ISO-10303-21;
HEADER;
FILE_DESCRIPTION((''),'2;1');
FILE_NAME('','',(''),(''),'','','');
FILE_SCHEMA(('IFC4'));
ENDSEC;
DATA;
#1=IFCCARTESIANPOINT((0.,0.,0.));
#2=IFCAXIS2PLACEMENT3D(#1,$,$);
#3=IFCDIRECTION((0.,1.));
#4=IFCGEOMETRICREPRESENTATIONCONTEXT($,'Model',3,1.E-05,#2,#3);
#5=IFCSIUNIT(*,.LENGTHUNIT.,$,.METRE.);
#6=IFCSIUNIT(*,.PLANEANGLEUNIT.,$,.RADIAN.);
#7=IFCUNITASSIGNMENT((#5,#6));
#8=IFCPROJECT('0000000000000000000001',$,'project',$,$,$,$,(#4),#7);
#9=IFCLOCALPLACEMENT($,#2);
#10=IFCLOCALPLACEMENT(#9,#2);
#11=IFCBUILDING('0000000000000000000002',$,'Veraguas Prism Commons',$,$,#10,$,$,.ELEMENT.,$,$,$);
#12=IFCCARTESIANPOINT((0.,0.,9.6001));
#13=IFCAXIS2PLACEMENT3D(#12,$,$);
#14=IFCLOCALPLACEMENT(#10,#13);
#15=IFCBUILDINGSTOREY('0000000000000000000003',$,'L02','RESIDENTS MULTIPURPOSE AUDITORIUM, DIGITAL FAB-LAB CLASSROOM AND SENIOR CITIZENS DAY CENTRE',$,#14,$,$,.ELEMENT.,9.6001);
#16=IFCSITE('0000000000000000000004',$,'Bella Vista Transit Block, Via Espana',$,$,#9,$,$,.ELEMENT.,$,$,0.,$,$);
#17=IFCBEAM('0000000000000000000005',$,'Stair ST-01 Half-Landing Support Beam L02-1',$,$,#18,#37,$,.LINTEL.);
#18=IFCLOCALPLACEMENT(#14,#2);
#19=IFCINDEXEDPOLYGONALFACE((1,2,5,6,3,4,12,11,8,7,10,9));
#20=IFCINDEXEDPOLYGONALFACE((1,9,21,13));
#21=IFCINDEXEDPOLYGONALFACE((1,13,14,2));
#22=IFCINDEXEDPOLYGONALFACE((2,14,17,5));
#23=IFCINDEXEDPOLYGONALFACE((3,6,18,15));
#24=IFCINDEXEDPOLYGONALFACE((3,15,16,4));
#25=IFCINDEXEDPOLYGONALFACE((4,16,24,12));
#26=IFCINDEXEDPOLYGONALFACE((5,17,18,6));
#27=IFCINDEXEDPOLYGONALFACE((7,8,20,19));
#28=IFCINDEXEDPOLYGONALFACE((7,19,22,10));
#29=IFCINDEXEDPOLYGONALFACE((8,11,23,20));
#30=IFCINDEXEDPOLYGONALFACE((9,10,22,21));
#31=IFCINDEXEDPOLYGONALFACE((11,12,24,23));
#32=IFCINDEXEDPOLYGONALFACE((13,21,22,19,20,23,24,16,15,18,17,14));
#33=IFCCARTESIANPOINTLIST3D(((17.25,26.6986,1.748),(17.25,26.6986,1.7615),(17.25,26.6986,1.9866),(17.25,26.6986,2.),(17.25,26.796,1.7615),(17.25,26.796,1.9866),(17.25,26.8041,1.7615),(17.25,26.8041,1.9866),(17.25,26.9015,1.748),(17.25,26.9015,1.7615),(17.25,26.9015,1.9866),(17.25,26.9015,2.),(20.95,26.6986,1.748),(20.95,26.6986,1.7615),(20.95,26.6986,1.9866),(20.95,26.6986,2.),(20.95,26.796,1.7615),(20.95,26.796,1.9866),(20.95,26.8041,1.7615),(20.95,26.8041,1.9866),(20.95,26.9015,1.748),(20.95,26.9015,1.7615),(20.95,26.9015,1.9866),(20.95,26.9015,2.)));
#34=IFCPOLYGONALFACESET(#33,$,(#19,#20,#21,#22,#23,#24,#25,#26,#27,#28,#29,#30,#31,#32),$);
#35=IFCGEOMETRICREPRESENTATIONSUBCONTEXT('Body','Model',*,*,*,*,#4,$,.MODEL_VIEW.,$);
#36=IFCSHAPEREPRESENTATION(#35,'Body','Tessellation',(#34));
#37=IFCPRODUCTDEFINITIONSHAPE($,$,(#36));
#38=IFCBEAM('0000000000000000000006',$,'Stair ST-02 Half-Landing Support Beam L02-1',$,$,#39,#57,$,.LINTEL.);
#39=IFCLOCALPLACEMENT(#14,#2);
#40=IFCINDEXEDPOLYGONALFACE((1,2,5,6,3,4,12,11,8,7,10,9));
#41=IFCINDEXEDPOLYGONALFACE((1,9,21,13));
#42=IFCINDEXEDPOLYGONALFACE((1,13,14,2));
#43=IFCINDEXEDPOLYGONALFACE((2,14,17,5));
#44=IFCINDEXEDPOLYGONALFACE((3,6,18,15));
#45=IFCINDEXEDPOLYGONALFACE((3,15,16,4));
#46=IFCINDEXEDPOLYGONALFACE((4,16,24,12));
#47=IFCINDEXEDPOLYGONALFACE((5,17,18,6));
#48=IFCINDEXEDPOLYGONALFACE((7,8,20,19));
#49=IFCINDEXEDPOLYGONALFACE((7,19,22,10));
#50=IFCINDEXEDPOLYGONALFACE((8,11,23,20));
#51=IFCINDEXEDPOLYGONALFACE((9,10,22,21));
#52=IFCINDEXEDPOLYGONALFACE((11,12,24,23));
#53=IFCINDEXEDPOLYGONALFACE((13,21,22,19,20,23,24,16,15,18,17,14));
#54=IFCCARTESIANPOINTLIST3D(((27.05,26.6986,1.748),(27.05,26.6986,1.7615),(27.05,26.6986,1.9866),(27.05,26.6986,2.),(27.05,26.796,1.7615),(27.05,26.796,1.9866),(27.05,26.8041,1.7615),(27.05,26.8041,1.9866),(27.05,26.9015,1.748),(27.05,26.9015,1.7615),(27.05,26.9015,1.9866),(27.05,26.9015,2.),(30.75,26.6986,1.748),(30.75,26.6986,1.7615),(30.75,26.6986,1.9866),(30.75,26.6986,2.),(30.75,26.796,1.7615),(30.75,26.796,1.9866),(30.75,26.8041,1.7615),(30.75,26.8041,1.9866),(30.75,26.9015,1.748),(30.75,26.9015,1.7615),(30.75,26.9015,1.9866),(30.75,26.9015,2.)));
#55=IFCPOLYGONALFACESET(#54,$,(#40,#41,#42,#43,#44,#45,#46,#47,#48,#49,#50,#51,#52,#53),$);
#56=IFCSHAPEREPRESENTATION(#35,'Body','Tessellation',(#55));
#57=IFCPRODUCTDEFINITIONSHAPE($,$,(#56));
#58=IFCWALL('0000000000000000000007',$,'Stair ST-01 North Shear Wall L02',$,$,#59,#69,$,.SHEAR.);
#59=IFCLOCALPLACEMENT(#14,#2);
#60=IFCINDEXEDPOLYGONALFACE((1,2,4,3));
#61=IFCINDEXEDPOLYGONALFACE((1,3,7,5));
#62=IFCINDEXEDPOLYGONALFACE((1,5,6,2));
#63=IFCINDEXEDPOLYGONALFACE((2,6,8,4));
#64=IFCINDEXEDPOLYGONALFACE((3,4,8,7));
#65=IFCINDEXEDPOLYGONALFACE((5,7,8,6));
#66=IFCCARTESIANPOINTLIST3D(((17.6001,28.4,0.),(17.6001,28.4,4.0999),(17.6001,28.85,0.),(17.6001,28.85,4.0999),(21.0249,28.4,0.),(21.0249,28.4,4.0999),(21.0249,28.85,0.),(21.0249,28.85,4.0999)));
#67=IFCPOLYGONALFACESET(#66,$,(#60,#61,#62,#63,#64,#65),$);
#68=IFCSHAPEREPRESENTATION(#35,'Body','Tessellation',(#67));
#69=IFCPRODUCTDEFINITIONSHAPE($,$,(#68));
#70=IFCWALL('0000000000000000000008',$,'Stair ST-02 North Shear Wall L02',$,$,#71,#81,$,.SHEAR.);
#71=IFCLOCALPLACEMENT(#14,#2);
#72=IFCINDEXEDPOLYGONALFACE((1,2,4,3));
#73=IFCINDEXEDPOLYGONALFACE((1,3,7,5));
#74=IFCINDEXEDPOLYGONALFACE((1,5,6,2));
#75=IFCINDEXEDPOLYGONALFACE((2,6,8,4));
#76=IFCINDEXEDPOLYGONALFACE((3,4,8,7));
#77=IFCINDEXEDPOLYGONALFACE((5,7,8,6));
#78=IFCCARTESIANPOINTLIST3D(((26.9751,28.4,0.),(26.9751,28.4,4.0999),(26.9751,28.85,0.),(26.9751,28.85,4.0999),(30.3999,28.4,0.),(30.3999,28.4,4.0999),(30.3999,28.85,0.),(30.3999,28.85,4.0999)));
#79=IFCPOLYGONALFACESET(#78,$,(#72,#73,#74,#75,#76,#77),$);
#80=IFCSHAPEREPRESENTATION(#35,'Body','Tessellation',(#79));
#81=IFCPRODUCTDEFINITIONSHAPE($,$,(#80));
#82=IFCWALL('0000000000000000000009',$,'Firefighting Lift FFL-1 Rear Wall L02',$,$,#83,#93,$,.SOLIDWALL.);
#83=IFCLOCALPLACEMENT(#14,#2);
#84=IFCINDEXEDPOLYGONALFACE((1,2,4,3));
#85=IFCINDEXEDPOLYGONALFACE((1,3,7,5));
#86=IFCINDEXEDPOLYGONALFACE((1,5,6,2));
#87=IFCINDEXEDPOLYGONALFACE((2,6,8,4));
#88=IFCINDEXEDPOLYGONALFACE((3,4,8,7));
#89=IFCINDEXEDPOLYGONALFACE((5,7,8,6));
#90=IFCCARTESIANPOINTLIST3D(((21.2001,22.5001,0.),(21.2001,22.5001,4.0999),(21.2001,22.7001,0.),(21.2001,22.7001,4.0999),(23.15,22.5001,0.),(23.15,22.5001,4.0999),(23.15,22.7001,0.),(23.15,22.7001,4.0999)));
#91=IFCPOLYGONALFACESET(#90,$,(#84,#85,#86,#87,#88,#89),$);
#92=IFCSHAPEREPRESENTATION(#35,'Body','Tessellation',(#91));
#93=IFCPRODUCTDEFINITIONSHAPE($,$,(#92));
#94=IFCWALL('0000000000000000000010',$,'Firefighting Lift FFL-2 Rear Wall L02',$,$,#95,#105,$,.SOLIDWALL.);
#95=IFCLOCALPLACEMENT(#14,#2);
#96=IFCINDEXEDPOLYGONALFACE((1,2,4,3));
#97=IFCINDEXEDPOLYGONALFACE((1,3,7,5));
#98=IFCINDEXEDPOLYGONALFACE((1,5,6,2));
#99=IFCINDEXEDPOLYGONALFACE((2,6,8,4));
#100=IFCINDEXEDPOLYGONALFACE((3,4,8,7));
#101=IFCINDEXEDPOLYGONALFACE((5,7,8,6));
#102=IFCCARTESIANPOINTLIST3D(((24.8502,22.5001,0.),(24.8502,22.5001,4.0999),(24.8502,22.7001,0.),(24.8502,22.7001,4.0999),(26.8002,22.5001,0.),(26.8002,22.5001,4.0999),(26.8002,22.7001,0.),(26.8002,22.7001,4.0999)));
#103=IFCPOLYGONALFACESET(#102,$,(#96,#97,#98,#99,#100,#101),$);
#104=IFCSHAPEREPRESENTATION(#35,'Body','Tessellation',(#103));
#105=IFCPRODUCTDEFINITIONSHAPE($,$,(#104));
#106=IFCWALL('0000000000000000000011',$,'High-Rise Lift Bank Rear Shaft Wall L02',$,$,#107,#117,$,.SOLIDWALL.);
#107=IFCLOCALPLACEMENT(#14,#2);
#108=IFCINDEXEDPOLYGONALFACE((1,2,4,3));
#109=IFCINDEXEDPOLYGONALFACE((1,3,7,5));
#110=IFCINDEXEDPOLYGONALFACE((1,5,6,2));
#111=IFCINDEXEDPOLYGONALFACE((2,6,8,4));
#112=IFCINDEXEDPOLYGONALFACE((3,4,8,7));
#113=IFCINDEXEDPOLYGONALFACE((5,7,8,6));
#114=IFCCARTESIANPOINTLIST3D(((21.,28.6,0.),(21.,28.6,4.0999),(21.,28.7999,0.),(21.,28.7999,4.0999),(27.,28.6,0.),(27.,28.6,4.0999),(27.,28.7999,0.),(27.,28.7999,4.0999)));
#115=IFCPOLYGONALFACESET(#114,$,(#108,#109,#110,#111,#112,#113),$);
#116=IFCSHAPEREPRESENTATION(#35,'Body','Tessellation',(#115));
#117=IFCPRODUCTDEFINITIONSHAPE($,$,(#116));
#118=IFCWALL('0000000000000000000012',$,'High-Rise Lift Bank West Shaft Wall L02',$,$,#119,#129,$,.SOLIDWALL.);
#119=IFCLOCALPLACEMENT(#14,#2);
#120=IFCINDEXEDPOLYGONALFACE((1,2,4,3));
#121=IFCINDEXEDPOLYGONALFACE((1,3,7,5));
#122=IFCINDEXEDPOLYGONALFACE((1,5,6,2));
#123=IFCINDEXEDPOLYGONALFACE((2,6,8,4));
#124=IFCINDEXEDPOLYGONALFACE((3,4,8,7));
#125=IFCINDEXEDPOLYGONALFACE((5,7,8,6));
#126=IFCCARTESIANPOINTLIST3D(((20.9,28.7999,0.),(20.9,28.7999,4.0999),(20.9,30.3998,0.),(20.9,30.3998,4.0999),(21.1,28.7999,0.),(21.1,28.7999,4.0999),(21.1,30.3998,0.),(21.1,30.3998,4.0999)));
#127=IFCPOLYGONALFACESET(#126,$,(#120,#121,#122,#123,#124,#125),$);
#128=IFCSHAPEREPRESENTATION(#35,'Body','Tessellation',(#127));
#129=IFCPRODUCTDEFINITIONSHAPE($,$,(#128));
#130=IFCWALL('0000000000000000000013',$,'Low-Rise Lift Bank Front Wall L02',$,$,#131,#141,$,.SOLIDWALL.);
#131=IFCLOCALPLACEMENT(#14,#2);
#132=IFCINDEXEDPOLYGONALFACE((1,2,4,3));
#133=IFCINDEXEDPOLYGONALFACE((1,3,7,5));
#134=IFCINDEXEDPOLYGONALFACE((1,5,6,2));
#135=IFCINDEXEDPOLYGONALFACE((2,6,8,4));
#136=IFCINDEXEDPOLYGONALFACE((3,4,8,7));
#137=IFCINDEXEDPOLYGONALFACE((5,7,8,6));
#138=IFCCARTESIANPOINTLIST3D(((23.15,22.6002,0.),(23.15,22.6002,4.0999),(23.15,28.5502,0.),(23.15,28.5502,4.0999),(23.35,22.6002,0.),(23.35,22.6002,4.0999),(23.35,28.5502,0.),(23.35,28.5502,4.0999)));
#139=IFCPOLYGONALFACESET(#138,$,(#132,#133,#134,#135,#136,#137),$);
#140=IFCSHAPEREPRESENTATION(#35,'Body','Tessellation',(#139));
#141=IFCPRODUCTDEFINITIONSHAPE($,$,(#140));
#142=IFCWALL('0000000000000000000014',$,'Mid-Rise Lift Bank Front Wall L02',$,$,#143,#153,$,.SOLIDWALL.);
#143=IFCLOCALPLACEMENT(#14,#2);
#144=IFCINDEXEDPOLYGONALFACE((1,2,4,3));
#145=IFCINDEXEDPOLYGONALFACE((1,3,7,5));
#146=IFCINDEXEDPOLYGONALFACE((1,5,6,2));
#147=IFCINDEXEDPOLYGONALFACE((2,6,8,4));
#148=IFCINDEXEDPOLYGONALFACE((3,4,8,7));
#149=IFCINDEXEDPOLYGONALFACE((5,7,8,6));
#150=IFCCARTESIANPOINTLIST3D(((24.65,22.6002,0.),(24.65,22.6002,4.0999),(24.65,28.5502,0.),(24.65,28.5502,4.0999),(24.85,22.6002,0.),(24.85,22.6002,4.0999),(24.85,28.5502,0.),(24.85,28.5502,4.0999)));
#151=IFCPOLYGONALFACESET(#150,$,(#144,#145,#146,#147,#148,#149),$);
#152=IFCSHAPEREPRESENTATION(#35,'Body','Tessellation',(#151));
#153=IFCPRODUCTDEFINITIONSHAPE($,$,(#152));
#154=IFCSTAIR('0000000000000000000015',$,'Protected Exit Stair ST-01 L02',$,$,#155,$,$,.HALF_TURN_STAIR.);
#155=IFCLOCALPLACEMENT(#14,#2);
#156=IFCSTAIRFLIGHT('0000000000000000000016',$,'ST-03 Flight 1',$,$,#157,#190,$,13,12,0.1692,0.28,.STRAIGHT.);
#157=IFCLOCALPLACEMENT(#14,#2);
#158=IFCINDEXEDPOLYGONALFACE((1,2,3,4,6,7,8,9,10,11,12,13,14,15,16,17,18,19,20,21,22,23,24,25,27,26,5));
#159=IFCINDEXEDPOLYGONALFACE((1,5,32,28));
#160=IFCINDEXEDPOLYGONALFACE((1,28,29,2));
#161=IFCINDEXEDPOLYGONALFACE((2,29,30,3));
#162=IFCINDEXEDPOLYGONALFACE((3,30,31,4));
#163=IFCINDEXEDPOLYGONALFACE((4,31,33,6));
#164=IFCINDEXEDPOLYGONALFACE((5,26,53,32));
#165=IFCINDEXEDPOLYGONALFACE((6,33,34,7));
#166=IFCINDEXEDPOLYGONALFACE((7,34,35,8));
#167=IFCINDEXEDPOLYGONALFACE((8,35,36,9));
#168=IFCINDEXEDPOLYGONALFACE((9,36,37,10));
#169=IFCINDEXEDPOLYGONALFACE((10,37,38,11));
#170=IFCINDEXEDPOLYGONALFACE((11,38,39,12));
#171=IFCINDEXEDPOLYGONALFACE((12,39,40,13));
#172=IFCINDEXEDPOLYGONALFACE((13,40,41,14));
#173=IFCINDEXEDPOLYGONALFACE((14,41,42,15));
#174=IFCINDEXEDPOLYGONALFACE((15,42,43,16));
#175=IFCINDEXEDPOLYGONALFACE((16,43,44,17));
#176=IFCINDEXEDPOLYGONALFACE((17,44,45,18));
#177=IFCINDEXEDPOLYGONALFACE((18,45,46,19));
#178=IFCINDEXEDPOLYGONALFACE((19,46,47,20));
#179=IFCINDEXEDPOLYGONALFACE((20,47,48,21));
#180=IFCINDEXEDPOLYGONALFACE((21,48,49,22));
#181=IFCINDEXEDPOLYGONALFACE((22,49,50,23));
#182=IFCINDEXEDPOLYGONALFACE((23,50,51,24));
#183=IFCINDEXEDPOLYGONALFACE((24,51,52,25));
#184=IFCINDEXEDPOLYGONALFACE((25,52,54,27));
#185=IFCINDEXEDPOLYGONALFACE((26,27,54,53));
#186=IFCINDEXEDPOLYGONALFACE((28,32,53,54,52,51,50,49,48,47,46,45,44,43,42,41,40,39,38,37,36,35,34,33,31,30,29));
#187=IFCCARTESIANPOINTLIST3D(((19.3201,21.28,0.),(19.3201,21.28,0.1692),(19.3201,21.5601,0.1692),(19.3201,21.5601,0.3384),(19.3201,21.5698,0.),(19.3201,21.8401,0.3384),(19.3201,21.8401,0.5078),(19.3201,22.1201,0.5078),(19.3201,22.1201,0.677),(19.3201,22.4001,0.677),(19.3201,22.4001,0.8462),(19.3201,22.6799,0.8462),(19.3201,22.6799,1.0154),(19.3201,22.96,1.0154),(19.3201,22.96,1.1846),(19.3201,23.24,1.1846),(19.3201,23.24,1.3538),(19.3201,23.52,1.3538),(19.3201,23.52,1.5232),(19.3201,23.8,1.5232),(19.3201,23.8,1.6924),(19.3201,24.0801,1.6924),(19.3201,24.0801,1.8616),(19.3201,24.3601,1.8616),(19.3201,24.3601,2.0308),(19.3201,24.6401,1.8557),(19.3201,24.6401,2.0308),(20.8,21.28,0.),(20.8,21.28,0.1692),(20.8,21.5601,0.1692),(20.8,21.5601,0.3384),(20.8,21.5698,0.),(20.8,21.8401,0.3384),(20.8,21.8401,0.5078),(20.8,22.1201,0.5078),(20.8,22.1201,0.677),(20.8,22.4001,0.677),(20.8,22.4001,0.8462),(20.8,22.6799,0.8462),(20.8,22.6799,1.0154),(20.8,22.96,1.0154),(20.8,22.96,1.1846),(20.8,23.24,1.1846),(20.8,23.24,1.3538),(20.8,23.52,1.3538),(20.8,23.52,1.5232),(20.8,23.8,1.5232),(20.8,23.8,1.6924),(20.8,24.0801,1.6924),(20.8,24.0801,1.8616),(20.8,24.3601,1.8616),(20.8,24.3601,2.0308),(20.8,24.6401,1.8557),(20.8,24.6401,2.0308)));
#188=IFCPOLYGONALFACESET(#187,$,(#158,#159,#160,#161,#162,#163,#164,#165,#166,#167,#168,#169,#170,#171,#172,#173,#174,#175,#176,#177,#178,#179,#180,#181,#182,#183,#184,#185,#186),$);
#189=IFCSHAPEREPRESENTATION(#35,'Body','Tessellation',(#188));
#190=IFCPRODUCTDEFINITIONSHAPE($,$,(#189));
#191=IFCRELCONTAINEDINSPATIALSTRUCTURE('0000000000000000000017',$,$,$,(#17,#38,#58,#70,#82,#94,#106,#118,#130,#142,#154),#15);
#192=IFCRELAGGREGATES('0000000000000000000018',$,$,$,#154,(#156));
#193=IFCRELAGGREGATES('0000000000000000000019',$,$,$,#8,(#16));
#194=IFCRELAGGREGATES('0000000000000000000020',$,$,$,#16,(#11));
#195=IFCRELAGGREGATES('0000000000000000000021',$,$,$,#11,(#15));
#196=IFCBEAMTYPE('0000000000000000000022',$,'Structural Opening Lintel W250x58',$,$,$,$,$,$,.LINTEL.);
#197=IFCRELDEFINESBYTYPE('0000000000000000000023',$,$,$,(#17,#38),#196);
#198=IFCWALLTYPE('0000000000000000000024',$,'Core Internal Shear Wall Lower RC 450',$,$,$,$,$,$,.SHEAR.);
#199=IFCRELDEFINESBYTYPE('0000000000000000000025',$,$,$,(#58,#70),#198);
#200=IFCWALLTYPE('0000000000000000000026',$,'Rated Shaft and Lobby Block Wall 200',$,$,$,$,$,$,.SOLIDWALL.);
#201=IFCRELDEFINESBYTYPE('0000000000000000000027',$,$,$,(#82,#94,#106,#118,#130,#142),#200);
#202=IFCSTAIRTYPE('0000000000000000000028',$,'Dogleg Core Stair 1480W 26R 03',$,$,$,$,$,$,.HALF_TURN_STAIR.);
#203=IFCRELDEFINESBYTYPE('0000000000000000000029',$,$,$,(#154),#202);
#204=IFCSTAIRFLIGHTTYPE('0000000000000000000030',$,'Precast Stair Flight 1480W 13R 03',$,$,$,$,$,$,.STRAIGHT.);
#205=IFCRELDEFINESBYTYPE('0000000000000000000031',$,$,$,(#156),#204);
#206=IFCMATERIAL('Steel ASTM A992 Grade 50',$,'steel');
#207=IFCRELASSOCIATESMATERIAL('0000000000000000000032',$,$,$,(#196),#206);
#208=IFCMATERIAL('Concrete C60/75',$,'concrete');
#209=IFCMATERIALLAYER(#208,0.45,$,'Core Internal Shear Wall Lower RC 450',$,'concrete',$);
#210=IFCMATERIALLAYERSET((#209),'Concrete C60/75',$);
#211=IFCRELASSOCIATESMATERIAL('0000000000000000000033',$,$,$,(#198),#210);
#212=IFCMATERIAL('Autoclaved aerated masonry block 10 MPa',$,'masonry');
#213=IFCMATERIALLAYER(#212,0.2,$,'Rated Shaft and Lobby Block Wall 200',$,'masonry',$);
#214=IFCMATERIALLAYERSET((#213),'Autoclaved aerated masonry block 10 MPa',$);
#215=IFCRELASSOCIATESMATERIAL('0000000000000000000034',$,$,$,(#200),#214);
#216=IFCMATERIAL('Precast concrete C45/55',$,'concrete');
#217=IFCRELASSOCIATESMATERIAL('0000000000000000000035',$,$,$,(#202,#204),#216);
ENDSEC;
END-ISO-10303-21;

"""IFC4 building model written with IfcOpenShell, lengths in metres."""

from ifc_helpers import new_model, si_unit, direction, frame, frame_2d, origin, origin_2d, place, context, subcontext, project, spatial, polyline, rectangle, i_section, outline, extrude, material, layer, layer_set, material_profile, profile_set, type_object, element, aggregate, save


model = new_model("IFC4")

# Units and contexts
model_context = context("Model", 3, precision=1e-05, world=origin(), true_north=direction((0.0, 1.0)))
body_context = subcontext(model_context, "Body", "Model", "MODEL_VIEW")
ifc_project = project(units=[si_unit("LENGTHUNIT", "METRE"), si_unit("PLANEANGLEUNIT", "RADIAN")], contexts=[model_context])

# Site, building, storey
site_placement = place(None, origin())
site = spatial("IfcSite", under=ifc_project, at=site_placement, Name="Bella Vista Transit Block, Via Espana", CompositionType="ELEMENT", RefElevation=0.0)
building_placement = place(site_placement, origin())
building = spatial("IfcBuilding", under=site, at=building_placement, Name="Veraguas Prism Commons", CompositionType="ELEMENT")
storey_placement = place(building_placement, frame((0.0, 0.0, 9.6001)))
storey = spatial("IfcBuildingStorey", under=building, at=storey_placement, Name="L02", Description="RESIDENTS MULTIPURPOSE AUDITORIUM, DIGITAL FAB-LAB CLASSROOM AND SENIOR CITIZENS DAY CENTRE", CompositionType="ELEMENT", Elevation=9.6001)

# Beams
ifc_material_1 = material(Name="Steel ASTM A992 Grade 50", Category="steel")
ifc_material_profile = material_profile(ifc_material_1, i_section(OverallWidth=0.2029, OverallDepth=0.252, WebThickness=0.0081, FlangeThickness=0.0134, at=origin_2d()), Name="W250X58")
ifc_profile_set = profile_set([ifc_material_profile], Name="Steel ASTM A992 Grade 50")
beam_type = type_object("IfcBeamType", Name="Structural Opening Lintel W250x58", PredefinedType="LINTEL", material=ifc_profile_set)
for number, where, z_axis, x_axis, name in (
    (1, (17.25, 26.8, 1.874), (1.0, 0.0, 0.0), (0.0, 1.0, 0.0), "Stair ST-01 Half-Landing Support Beam L02-1"),
    (2, (27.05, 26.8, 1.874), (1.0, 0.0, 0.0), (0.0, 1.0, 0.0), "Stair ST-02 Half-Landing Support Beam L02-1"),
):
    element("IfcBeam", number, at=place(storey_placement, frame(where, z_axis=z_axis, x_axis=x_axis)), inside=storey, type_object=beam_type, Name=name, PredefinedType="LINTEL", context=body_context, shape_type="SweptSolid", body=[
        extrude(i_section(OverallWidth=0.2029, OverallDepth=0.252, WebThickness=0.0081, FlangeThickness=0.0134, at=origin_2d()), origin(), (0.0, 0.0, 1.0), 3.7),
    ])

# Walls
ifc_material_2 = material(Name="Concrete C60/75", Category="concrete")
ifc_layer_1 = layer(ifc_material_2, 0.45, Name="Core Internal Shear Wall Lower RC 450", Category="concrete")
ifc_layer_set_1 = layer_set([ifc_layer_1], Name="Concrete C60/75")
wall_type_1 = type_object("IfcWallType", Name="Core Internal Shear Wall Lower RC 450", PredefinedType="SHEAR", material=ifc_layer_set_1)
for number, where, z_axis, x_axis, name in (
    (3, (17.6001, 28.625, 0.0), (0.0, 0.0, 1.0), (1.0, 0.0, 0.0), "Stair ST-01 North Shear Wall L02"),
    (4, (26.9751, 28.625, 0.0), (0.0, 0.0, 1.0), (1.0, 0.0, 0.0), "Stair ST-02 North Shear Wall L02"),
):
    element("IfcWall", number, at=place(storey_placement, frame(where, z_axis=z_axis, x_axis=x_axis)), inside=storey, type_object=wall_type_1, Name=name, PredefinedType="SHEAR", context=body_context, shape_type="SweptSolid", body=[
        extrude(rectangle(XDim=3.4248, YDim=0.45, at=frame_2d((1.7124, 0.0))), origin(), (0.0, 0.0, 1.0), 4.0999),
    ])
ifc_material_3 = material(Name="Autoclaved aerated masonry block 10 MPa", Category="masonry")
ifc_layer_2 = layer(ifc_material_3, 0.2, Name="Rated Shaft and Lobby Block Wall 200", Category="masonry")
ifc_layer_set_2 = layer_set([ifc_layer_2], Name="Autoclaved aerated masonry block 10 MPa")
wall_type_2 = type_object("IfcWallType", Name="Rated Shaft and Lobby Block Wall 200", PredefinedType="SOLIDWALL", material=ifc_layer_set_2)
for number, where, z_axis, x_axis, name in (
    (5, (21.2, 22.6001, 0.0), (0.0, 0.0, 1.0), (1.0, 0.0, 0.0), "Firefighting Lift FFL-1 Rear Wall L02"),
    (6, (24.8501, 22.6001, 0.0), (0.0, 0.0, 1.0), (1.0, 0.0, 0.0), "Firefighting Lift FFL-2 Rear Wall L02"),
):
    element("IfcWall", number, at=place(storey_placement, frame(where, z_axis=z_axis, x_axis=x_axis)), inside=storey, type_object=wall_type_2, Name=name, PredefinedType="SOLIDWALL", context=body_context, shape_type="SweptSolid", body=[
        extrude(rectangle(XDim=1.95, YDim=0.2, at=frame_2d((0.9751, 0.0))), origin(), (0.0, 0.0, 1.0), 4.0999),
    ])
wall_1_placement = place(storey_placement, frame((21.0, 28.7, 0.0), z_axis=(0.0, 0.0, 1.0), x_axis=(1.0, 0.0, 0.0)))
element("IfcWall", 7, at=wall_1_placement, inside=storey, type_object=wall_type_2, Name="High-Rise Lift Bank Rear Shaft Wall L02", PredefinedType="SOLIDWALL", context=body_context, shape_type="SweptSolid", body=[
    extrude(rectangle(XDim=6.0, YDim=0.2, at=frame_2d((3.0, 0.0))), origin(), (0.0, 0.0, 1.0), 4.0999),
])
wall_2_placement = place(storey_placement, frame((21.0, 28.8, 0.0), z_axis=(0.0, 0.0, 1.0), x_axis=(0.0, 1.0, 0.0)))
element("IfcWall", 8, at=wall_2_placement, inside=storey, type_object=wall_type_2, Name="High-Rise Lift Bank West Shaft Wall L02", PredefinedType="SOLIDWALL", context=body_context, shape_type="SweptSolid", body=[
    extrude(rectangle(XDim=1.5999, YDim=0.2, at=frame_2d((0.7998, 0.0))), origin(), (0.0, 0.0, 1.0), 4.0999),
])
for number, where, z_axis, x_axis, name in (
    (9, (23.25, 22.6001, 0.0), (0.0, 0.0, 1.0), (0.0, 1.0, 0.0), "Low-Rise Lift Bank Front Wall L02"),
    (10, (24.75, 22.6001, 0.0), (0.0, 0.0, 1.0), (0.0, 1.0, 0.0), "Mid-Rise Lift Bank Front Wall L02"),
):
    element("IfcWall", number, at=place(storey_placement, frame(where, z_axis=z_axis, x_axis=x_axis)), inside=storey, type_object=wall_type_2, Name=name, PredefinedType="SOLIDWALL", context=body_context, shape_type="SweptSolid", body=[
        extrude(rectangle(XDim=5.95, YDim=0.2, at=frame_2d((2.9751, 0.0))), origin(), (0.0, 0.0, 1.0), 4.0999),
    ])

# Stair, stair flight
ifc_material_4 = material(Name="Precast concrete C45/55", Category="concrete")
stair_type = type_object("IfcStairType", Name="Dogleg Core Stair 1480W 26R 03", PredefinedType="HALF_TURN_STAIR", material=ifc_material_4)
stair_placement = place(storey_placement, origin())
stair = element("IfcStair", 11, at=stair_placement, inside=storey, type_object=stair_type, Name="Protected Exit Stair ST-01 L02", PredefinedType="HALF_TURN_STAIR")
stair_flight_type = type_object("IfcStairFlightType", Name="Precast Stair Flight 1480W 13R 03", PredefinedType="STRAIGHT", material=ifc_material_4)
stair_flight_1_placement = place(storey_placement, frame((20.0601, 21.28, 0.0), z_axis=(0.0, 0.0, 1.0), x_axis=(0.0, 1.0, 0.0)))
stair_flight_1 = element("IfcStairFlight", 12, at=stair_flight_1_placement, type_object=stair_flight_type, Name="ST-03 Flight 1", NumberOfRisers=13, NumberOfTreads=12, PredefinedType="STRAIGHT", RiserHeight=0.1692, TreadLength=0.28, context=body_context, shape_type="SweptSolid", body=[
    extrude(outline(polyline([(0.0, 0.0), (0.0, 0.1692), (0.28, 0.1692), (0.28, 0.3384), (0.5601, 0.3384), (0.5601, 0.5078), (0.8401, 0.5078), (0.8401, 0.677), (1.1201, 0.677), (1.1201, 0.8462), (1.3999, 0.8462), (1.3999, 1.0154), (1.6799, 1.0154), (1.6799, 1.1846), (1.96, 1.1846), (1.96, 1.3538), (2.24, 1.3538), (2.24, 1.5232), (2.52, 1.5232), (2.52, 1.6924), (2.8, 1.6924), (2.8, 1.8616), (3.0801, 1.8616), (3.0801, 2.0308), (3.3601, 2.0308), (3.3601, 2.2), (3.3601, 1.8557), (0.2898, 0.0), (0.0, 0.0)])), frame((0.0, 0.74, 0.0), z_axis=(0.0, -1.0, 0.0), x_axis=(1.0, 0.0, 0.0)), (0.0, 0.0, 1.0), 1.48),
])
aggregate(stair, [stair_flight_1])

save(model, "model.ifc")
